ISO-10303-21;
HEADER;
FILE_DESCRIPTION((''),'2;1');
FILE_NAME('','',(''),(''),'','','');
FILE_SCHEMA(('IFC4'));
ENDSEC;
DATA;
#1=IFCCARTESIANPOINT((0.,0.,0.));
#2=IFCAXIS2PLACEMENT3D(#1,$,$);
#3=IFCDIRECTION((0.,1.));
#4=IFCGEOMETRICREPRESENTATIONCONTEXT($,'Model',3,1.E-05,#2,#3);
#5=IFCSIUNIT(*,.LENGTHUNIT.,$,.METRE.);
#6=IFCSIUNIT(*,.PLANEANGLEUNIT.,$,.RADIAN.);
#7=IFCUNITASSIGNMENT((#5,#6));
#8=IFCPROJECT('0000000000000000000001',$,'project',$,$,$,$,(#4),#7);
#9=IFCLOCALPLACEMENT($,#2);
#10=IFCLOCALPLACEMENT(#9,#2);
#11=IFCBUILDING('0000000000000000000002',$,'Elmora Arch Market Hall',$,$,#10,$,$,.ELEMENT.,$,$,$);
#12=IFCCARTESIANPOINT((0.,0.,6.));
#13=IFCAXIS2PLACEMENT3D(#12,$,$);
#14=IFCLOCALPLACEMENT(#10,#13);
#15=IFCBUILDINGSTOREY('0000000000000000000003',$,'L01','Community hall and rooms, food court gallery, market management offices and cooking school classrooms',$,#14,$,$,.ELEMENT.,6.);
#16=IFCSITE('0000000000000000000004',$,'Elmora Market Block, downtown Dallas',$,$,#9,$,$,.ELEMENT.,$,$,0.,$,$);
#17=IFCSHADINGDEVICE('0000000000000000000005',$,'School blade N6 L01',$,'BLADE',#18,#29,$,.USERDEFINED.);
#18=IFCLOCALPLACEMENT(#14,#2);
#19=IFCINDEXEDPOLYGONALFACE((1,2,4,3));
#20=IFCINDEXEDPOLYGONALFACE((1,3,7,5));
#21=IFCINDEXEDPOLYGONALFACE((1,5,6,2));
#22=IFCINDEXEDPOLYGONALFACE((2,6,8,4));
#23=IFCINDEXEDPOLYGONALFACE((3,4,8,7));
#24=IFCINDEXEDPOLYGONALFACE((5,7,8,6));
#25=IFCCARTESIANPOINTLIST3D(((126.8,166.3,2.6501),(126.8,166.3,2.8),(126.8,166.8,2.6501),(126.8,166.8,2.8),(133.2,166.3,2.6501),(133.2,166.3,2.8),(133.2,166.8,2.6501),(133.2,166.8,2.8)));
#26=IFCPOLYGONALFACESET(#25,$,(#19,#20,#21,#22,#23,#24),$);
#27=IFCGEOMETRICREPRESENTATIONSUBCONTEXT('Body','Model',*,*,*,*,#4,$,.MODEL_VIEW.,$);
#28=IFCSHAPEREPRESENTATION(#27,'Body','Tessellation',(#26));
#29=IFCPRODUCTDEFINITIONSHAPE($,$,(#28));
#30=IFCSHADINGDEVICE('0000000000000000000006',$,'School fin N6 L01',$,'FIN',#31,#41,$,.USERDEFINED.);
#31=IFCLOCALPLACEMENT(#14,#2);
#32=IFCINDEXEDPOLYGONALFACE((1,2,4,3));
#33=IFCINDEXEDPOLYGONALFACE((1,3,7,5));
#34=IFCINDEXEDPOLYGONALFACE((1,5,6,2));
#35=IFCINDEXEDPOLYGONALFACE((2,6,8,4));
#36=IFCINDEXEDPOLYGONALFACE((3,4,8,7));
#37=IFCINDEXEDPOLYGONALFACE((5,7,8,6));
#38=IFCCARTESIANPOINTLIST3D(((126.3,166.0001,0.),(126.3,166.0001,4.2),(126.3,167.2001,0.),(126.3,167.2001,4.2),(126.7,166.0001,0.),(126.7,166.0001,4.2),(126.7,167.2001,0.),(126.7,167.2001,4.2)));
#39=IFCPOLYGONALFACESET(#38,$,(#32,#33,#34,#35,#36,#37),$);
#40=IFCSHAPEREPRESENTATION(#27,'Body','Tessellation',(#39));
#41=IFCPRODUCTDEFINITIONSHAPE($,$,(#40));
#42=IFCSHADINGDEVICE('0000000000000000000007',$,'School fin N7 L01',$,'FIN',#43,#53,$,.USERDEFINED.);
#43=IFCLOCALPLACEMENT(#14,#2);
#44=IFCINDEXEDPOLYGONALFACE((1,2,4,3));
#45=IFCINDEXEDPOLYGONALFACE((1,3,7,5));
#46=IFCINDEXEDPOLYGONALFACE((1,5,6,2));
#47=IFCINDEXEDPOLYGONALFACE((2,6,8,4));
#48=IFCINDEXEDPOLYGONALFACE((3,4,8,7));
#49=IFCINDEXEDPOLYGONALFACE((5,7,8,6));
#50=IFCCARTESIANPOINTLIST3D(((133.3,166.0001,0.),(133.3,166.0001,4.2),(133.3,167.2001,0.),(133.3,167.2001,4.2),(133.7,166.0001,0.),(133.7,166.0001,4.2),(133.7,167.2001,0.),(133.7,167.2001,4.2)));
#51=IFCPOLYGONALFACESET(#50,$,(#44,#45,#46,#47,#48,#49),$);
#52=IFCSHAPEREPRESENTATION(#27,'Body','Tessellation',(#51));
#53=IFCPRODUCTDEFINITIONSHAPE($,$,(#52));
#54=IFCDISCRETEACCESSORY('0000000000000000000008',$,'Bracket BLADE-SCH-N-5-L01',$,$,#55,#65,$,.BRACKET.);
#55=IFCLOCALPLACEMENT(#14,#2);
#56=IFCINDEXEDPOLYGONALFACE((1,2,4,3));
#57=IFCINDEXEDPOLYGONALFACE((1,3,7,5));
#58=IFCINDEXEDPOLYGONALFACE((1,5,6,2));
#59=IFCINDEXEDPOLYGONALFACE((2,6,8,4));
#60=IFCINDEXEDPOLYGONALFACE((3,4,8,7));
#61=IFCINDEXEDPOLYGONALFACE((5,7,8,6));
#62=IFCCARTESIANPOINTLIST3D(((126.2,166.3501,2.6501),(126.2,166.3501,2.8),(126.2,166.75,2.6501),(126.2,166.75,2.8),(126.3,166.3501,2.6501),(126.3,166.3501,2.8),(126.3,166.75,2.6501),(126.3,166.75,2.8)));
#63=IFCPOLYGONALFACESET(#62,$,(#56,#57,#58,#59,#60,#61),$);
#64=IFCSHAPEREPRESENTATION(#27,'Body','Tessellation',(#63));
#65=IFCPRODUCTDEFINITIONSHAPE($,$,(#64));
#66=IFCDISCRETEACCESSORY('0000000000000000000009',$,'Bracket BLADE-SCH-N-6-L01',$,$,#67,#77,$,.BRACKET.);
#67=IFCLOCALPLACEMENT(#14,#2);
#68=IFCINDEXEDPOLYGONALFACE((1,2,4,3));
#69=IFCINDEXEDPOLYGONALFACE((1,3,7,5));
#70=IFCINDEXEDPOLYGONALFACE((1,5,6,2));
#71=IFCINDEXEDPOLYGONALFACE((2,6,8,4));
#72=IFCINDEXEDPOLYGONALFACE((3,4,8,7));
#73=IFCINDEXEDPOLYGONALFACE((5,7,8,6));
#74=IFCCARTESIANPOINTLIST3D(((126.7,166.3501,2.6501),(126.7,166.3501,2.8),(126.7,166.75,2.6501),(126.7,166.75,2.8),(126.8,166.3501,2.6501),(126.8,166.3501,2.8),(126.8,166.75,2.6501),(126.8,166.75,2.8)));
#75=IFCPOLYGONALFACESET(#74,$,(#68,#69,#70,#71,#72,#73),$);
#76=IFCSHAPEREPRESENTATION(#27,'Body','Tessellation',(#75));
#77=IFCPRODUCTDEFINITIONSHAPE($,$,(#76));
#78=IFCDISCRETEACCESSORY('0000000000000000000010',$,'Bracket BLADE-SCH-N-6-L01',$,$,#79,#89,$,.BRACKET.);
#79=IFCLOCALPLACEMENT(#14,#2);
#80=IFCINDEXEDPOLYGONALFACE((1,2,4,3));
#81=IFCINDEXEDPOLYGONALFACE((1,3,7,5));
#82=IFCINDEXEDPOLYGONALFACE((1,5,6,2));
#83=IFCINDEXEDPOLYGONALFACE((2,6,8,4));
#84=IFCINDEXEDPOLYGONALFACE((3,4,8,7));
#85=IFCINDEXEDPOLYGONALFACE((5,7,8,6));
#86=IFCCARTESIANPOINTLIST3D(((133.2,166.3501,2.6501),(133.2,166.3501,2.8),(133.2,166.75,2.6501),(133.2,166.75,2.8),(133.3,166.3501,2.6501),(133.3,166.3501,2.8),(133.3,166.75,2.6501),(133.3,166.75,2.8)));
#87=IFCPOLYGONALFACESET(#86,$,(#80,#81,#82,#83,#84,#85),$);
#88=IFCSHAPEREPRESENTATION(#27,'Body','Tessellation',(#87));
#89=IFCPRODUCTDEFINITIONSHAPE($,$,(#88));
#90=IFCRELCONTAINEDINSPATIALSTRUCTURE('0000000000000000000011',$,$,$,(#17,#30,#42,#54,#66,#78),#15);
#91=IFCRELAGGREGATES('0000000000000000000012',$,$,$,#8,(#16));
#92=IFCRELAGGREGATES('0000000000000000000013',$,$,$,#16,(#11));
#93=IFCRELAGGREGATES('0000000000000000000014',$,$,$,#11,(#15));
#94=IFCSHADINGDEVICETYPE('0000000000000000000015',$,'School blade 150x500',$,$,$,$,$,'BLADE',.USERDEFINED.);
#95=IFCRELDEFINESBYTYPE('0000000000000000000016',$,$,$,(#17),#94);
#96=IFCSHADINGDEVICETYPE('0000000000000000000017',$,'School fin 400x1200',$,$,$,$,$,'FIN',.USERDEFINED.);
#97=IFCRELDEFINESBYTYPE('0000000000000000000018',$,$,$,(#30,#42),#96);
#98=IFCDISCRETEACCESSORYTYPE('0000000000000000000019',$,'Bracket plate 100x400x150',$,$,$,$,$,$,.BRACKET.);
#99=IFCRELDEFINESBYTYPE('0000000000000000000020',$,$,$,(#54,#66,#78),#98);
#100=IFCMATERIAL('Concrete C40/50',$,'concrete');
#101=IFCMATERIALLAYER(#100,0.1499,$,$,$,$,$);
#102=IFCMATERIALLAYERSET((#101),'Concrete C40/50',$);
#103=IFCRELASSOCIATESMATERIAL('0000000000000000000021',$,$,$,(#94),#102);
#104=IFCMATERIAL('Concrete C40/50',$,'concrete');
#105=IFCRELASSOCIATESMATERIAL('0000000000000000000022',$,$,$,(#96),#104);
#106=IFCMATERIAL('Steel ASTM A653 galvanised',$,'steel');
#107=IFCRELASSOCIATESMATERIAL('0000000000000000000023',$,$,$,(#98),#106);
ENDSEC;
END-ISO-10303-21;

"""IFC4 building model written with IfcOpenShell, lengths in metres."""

from ifc_helpers import new_model, si_unit, direction, frame, origin, origin_2d, place, context, subcontext, project, spatial, rectangle, extrude, material, layer, layer_set, type_object, element, save


model = new_model("IFC4")

# Units and contexts
model_context = context("Model", 3, precision=1e-05, world=origin(), true_north=direction((0.0, 1.0)))
body_context = subcontext(model_context, "Body", "Model", "MODEL_VIEW")
ifc_project = project(units=[si_unit("LENGTHUNIT", "METRE"), si_unit("PLANEANGLEUNIT", "RADIAN")], contexts=[model_context])

# Site, building, storey
site_placement = place(None, origin())
site = spatial("IfcSite", under=ifc_project, at=site_placement, Name="Elmora Market Block, downtown Dallas", CompositionType="ELEMENT", RefElevation=0.0)
building_placement = place(site_placement, origin())
building = spatial("IfcBuilding", under=site, at=building_placement, Name="Elmora Arch Market Hall", CompositionType="ELEMENT")
storey_placement = place(building_placement, frame((0.0, 0.0, 6.0)))
storey = spatial("IfcBuildingStorey", under=building, at=storey_placement, Name="L01", Description="Community hall and rooms, food court gallery, market management offices and cooking school classrooms", CompositionType="ELEMENT", Elevation=6.0)

# Shading devices
ifc_material_1 = material(Name="Concrete C40/50", Category="concrete")
ifc_layer_1 = layer(ifc_material_1, 0.1499)
ifc_layer_set_1 = layer_set([ifc_layer_1], Name="Concrete C40/50")
shading_device_type_1 = type_object("IfcShadingDeviceType", Name="School blade 150x500", ElementType="BLADE", PredefinedType="USERDEFINED", material=ifc_layer_set_1)
shading_device_placement = place(storey_placement, frame((130.0, 166.55, 2.6501), z_axis=(0.0, 0.0, 1.0), x_axis=(1.0, 0.0, 0.0)))
element("IfcShadingDevice", 1, at=shading_device_placement, inside=storey, type_object=shading_device_type_1, Name="School blade N6 L01", ObjectType="BLADE", PredefinedType="USERDEFINED", context=body_context, shape_type="SweptSolid", body=[
    extrude(rectangle(XDim=6.3999, YDim=0.5, at=origin_2d()), origin(), (0.0, 0.0, 1.0), 0.1499),
])
ifc_material_2 = material(Name="Concrete C40/50", Category="concrete")
shading_device_type_2 = type_object("IfcShadingDeviceType", Name="School fin 400x1200", ElementType="FIN", PredefinedType="USERDEFINED", material=ifc_material_2)
for number, where, z_axis, x_axis, name in (
    (2, (126.5, 166.6001, 0.0), (0.0, 0.0, 1.0), (1.0, 0.0, 0.0), "School fin N6 L01"),
    (3, (133.5, 166.6001, 0.0), (0.0, 0.0, 1.0), (1.0, 0.0, 0.0), "School fin N7 L01"),
):
    element("IfcShadingDevice", number, at=place(storey_placement, frame(where, z_axis=z_axis, x_axis=x_axis)), inside=storey, type_object=shading_device_type_2, Name=name, ObjectType="FIN", PredefinedType="USERDEFINED", context=body_context, shape_type="SweptSolid", body=[
        extrude(rectangle(XDim=0.3999, YDim=1.2, at=origin_2d()), origin(), (0.0, 0.0, 1.0), 4.2),
    ])

# Discrete accessories
ifc_material_3 = material(Name="Steel ASTM A653 galvanised", Category="steel")
discrete_accessory_type = type_object("IfcDiscreteAccessoryType", Name="Bracket plate 100x400x150", PredefinedType="BRACKET", material=ifc_material_3)
for number, where, z_axis, x_axis, name in (
    (4, (126.25, 166.55, 2.6501), (0.0, 0.0, 1.0), (1.0, 0.0, 0.0), "Bracket BLADE-SCH-N-5-L01"),
    (5, (126.75, 166.55, 2.6501), (0.0, 0.0, 1.0), (1.0, 0.0, 0.0), "Bracket BLADE-SCH-N-6-L01"),
    (6, (133.25, 166.55, 2.6501), (0.0, 0.0, 1.0), (1.0, 0.0, 0.0), "Bracket BLADE-SCH-N-6-L01"),
):
    element("IfcDiscreteAccessory", number, at=place(storey_placement, frame(where, z_axis=z_axis, x_axis=x_axis)), inside=storey, type_object=discrete_accessory_type, Name=name, PredefinedType="BRACKET", context=body_context, shape_type="SweptSolid", body=[
        extrude(rectangle(XDim=0.1001, YDim=0.3999, at=origin_2d()), origin(), (0.0, 0.0, 1.0), 0.1499),
    ])

save(model, "model.ifc")
